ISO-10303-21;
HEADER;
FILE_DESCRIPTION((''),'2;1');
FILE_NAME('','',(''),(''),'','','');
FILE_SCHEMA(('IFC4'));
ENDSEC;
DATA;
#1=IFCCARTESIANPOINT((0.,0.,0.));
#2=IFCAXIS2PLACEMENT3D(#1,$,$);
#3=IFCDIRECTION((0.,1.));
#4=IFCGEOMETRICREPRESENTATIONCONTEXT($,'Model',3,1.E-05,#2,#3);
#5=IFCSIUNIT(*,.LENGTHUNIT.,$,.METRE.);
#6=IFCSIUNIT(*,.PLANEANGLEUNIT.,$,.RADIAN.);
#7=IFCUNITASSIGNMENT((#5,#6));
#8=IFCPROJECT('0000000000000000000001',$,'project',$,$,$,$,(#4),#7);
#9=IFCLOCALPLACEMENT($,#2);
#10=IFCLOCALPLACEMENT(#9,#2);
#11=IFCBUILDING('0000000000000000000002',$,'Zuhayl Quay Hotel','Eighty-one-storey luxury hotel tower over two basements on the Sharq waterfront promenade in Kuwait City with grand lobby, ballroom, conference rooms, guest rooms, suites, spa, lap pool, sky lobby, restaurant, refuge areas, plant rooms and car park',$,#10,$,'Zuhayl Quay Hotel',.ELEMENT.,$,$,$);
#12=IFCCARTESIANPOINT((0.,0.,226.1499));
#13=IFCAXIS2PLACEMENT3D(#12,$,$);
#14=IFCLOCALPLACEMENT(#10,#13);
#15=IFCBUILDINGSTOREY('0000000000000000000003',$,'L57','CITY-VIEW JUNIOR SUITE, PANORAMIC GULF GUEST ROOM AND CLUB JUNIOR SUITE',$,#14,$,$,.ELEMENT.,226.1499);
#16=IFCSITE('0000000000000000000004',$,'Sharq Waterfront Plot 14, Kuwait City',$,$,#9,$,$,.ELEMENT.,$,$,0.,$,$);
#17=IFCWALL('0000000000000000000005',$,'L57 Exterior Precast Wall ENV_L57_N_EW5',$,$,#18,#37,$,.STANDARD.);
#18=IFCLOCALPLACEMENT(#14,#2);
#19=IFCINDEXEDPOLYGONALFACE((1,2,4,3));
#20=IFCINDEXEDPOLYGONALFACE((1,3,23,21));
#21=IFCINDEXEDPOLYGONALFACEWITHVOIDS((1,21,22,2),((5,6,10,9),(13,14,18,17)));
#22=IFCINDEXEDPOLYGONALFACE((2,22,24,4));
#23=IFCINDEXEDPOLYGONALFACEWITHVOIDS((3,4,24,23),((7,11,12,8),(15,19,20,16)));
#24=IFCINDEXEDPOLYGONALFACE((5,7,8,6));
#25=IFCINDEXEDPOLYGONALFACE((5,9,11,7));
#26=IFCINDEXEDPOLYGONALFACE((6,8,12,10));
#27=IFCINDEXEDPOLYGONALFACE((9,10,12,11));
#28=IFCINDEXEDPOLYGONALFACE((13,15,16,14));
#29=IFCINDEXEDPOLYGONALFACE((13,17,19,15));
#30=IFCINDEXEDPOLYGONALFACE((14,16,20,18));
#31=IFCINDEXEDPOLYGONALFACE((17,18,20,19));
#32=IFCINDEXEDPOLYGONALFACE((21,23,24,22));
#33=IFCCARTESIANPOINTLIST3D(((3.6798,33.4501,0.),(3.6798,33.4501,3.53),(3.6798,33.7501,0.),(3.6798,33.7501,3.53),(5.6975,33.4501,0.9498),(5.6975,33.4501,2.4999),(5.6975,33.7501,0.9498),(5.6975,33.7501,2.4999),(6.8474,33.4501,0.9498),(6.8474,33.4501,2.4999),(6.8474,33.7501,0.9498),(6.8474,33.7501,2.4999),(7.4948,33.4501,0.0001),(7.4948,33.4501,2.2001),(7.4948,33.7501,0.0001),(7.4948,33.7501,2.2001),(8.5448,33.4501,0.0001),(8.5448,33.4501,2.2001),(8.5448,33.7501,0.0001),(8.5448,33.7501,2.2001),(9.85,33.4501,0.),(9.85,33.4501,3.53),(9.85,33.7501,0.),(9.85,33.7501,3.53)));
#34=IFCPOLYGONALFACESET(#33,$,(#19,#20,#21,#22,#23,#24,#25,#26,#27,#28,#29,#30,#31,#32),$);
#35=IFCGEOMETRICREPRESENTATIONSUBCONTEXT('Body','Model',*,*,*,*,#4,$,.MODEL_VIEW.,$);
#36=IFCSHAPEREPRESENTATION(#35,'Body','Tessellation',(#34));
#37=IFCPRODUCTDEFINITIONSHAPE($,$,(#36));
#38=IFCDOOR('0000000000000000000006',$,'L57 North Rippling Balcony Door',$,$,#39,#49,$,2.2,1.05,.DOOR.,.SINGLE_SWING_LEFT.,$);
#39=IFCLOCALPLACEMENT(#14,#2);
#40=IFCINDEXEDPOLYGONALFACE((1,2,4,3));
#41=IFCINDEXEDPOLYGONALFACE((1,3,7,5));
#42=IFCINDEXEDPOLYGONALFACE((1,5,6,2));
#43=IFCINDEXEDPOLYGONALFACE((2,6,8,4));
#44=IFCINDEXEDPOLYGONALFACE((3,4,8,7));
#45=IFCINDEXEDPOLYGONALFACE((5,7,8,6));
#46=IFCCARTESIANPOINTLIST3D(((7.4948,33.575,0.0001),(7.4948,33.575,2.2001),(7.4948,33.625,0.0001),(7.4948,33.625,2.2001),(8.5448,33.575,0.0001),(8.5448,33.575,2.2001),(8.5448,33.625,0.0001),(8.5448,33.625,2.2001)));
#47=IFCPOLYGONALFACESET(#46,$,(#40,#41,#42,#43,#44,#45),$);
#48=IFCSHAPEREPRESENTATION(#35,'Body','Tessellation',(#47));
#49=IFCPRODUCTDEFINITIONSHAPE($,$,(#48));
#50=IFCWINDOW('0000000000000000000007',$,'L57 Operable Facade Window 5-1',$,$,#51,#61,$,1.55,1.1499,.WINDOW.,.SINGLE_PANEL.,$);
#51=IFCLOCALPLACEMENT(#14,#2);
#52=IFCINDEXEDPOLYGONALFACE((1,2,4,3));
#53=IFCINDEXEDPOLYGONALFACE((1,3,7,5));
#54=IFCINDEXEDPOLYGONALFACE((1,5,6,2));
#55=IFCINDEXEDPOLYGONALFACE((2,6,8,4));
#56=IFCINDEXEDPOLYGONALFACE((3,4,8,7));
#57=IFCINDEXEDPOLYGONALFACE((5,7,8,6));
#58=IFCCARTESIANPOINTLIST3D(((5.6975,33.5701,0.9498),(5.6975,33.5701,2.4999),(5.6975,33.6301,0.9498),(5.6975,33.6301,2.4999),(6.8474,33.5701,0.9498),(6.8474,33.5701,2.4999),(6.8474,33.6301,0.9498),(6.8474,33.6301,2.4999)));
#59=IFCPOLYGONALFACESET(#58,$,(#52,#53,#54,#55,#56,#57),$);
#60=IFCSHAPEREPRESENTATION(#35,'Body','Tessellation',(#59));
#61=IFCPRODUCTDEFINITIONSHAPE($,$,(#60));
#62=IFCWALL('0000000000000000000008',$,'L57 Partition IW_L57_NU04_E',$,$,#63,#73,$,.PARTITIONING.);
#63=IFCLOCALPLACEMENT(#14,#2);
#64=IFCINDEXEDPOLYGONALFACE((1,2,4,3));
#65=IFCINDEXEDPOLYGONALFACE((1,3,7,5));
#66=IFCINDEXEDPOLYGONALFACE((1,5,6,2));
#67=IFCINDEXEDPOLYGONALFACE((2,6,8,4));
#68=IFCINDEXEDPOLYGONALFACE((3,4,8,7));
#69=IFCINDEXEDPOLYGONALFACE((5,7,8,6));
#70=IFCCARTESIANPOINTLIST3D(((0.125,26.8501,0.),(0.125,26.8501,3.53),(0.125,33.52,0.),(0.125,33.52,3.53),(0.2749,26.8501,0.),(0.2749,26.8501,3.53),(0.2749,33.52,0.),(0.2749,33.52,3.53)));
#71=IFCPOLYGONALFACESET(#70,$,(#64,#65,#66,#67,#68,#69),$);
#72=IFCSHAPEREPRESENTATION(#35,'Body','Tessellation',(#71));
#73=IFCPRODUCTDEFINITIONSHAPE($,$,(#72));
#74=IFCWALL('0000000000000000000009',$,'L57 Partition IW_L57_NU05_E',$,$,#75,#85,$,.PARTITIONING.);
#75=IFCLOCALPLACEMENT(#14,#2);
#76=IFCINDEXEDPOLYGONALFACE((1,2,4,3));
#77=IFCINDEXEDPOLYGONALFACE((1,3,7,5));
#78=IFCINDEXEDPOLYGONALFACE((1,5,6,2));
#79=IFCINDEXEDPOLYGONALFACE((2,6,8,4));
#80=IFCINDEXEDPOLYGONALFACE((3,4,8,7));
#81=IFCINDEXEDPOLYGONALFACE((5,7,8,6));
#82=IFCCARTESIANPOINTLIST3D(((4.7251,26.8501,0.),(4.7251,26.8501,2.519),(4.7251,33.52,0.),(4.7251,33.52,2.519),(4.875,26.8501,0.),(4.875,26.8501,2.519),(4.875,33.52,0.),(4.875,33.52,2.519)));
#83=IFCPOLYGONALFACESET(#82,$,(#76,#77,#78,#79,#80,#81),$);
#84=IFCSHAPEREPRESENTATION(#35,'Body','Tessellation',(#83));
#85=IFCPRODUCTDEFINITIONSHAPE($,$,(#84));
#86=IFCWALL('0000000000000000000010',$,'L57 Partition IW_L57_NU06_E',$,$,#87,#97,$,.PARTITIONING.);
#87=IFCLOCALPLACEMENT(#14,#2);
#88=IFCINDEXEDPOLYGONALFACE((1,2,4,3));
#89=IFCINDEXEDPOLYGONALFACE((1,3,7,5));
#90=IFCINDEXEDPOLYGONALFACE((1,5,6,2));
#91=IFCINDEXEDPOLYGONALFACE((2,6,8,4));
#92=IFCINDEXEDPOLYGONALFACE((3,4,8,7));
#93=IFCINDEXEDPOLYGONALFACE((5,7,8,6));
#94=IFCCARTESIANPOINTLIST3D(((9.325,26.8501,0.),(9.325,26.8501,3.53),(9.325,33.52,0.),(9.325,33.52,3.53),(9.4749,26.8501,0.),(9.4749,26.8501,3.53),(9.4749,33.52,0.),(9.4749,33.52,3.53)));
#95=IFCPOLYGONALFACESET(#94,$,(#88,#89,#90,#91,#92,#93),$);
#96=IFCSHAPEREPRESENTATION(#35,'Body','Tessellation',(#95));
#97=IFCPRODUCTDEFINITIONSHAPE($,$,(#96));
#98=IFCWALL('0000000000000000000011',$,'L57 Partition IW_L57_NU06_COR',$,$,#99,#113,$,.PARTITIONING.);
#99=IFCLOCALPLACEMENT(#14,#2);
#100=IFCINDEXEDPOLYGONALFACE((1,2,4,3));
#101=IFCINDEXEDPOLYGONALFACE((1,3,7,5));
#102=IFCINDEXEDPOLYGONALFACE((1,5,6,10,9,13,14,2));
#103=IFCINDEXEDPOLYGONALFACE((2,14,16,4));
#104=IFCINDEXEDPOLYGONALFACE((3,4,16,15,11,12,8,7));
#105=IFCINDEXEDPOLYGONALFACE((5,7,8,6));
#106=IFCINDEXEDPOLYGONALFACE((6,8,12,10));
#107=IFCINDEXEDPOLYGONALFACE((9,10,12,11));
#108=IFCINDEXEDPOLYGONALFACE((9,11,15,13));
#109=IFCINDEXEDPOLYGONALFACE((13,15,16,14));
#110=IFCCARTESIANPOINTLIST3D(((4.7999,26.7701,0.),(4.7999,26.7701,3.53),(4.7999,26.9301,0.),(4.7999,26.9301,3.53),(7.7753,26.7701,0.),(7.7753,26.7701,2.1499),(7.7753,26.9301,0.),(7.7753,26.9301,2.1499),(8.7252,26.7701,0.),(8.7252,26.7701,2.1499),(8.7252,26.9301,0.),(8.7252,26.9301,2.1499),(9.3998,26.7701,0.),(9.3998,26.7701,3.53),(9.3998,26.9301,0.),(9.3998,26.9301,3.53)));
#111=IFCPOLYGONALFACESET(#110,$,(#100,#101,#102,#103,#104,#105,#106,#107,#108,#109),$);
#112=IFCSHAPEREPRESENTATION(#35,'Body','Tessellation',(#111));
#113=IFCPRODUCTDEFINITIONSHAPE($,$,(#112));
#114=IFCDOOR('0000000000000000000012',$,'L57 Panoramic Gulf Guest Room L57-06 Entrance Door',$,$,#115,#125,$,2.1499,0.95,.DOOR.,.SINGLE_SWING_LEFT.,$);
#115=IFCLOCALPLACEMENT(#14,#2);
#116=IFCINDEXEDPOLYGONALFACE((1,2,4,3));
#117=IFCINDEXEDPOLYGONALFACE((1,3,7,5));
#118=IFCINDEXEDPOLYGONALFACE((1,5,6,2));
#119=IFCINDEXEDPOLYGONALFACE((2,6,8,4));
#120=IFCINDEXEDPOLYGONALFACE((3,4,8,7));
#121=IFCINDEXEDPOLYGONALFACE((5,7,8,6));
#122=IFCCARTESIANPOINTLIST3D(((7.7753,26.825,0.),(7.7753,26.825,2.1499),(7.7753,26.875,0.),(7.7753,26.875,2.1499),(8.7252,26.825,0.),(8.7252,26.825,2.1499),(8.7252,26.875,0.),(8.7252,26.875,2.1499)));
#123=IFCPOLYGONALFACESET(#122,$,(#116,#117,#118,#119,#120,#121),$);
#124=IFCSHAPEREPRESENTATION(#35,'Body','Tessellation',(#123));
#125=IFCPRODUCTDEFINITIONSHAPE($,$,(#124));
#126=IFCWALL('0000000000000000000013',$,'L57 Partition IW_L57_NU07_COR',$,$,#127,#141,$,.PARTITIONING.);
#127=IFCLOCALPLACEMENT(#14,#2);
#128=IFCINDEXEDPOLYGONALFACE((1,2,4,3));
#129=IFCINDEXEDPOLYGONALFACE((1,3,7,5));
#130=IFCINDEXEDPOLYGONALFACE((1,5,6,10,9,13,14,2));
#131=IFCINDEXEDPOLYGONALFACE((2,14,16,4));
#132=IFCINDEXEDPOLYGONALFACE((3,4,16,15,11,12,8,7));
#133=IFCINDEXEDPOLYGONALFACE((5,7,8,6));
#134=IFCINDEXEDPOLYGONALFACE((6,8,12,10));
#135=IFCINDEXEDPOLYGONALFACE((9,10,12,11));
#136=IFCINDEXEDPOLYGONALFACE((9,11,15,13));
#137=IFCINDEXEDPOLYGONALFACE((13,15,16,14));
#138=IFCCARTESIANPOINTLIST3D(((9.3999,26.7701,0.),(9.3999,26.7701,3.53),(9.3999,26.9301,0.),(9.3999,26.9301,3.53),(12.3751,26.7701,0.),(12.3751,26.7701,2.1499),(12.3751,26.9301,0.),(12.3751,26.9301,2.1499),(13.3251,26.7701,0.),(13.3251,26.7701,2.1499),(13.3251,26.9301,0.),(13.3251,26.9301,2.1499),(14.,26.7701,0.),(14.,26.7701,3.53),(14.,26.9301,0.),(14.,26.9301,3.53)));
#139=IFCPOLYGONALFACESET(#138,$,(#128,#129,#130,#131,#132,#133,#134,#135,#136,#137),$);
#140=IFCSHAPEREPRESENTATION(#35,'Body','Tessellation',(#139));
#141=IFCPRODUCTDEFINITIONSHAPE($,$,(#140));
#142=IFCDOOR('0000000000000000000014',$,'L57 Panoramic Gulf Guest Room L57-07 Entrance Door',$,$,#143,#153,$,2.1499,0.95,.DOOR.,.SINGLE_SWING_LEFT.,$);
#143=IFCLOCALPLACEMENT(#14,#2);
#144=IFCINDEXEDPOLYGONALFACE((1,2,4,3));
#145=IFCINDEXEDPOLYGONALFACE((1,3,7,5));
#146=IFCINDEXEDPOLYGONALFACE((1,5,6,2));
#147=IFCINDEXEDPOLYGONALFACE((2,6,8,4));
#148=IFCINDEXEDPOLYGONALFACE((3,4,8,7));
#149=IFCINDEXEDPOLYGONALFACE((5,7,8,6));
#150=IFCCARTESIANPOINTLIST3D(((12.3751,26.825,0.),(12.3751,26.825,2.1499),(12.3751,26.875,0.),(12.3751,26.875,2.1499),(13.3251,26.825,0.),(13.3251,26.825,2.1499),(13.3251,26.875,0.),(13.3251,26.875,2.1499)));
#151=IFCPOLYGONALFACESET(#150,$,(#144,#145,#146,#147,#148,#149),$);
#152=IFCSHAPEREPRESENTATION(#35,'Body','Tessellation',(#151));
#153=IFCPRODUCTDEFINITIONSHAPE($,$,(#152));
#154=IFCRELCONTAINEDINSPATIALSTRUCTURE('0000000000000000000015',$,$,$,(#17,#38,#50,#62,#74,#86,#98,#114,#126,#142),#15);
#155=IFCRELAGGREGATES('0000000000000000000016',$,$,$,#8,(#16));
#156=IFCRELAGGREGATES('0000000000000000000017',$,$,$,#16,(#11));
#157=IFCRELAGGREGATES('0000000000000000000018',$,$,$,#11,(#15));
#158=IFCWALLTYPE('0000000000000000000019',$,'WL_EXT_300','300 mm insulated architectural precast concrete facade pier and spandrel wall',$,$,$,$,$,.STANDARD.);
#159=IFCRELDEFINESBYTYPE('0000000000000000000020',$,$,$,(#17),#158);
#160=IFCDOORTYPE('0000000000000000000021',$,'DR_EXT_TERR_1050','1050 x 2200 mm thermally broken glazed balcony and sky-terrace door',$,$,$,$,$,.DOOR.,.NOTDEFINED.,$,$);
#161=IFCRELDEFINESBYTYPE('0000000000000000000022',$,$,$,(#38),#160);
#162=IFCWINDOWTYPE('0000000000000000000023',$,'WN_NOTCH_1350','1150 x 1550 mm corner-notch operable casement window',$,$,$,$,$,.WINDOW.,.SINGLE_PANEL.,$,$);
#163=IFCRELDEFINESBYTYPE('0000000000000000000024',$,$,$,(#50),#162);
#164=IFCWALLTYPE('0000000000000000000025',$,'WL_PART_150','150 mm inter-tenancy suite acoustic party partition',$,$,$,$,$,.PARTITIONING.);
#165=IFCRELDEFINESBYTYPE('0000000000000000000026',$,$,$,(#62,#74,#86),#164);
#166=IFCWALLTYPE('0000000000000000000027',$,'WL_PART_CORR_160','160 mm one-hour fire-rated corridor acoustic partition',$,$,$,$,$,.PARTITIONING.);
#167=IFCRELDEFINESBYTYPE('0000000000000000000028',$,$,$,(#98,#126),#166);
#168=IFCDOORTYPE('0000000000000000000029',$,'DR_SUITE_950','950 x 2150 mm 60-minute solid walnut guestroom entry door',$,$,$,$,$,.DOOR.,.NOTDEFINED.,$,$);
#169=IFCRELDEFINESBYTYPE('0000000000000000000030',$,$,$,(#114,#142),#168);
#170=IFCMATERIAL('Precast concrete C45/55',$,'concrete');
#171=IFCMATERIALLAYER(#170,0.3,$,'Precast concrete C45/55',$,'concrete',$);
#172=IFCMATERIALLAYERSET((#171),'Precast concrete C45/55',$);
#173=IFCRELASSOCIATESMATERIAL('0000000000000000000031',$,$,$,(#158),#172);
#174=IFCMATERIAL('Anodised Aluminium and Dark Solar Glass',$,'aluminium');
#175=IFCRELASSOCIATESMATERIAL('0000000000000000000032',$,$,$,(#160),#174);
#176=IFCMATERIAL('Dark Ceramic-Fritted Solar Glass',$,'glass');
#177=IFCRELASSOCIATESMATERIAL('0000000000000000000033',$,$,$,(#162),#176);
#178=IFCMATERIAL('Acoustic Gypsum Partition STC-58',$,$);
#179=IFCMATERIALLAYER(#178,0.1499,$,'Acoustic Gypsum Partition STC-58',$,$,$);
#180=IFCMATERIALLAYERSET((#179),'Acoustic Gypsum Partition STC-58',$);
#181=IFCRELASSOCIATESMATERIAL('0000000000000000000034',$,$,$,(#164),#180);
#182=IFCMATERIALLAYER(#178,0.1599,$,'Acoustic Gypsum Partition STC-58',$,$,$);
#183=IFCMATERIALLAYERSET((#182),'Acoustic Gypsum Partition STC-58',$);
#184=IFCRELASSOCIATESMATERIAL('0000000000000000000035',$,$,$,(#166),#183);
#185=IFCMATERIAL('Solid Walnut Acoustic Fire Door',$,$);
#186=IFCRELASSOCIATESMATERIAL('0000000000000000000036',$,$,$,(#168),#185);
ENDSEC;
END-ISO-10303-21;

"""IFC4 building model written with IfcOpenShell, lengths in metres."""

from ifc_helpers import new_model, si_unit, direction, frame, frame_2d, origin, place, context, subcontext, project, spatial, rectangle, extrude, material, layer, layer_set, type_object, element, fill, save


model = new_model("IFC4")

# Units and contexts
model_context = context("Model", 3, precision=1e-05, world=origin(), true_north=direction((0.0, 1.0)))
body_context = subcontext(model_context, "Body", "Model", "MODEL_VIEW")
ifc_project = project(units=[si_unit("LENGTHUNIT", "METRE"), si_unit("PLANEANGLEUNIT", "RADIAN")], contexts=[model_context])

# Site, building, storey
site_placement = place(None, origin())
site = spatial("IfcSite", under=ifc_project, at=site_placement, Name="Sharq Waterfront Plot 14, Kuwait City", CompositionType="ELEMENT", RefElevation=0.0)
building_placement = place(site_placement, origin())
building = spatial("IfcBuilding", under=site, at=building_placement, Name="Zuhayl Quay Hotel", Description="Eighty-one-storey luxury hotel tower over two basements on the Sharq waterfront promenade in Kuwait City with grand lobby, ballroom, conference rooms, guest rooms, suites, spa, lap pool, sky lobby, restaurant, refuge areas, plant rooms and car park", LongName="Zuhayl Quay Hotel", CompositionType="ELEMENT")
storey_placement = place(building_placement, frame((0.0, 0.0, 226.1499)))
storey = spatial("IfcBuildingStorey", under=building, at=storey_placement, Name="L57", Description="CITY-VIEW JUNIOR SUITE, PANORAMIC GULF GUEST ROOM AND CLUB JUNIOR SUITE", CompositionType="ELEMENT", Elevation=226.1499)

# Shared definitions
ifc_material_1 = material(Name="Dark Ceramic-Fritted Solar Glass", Category="glass")

# Wall, openings, door, window
ifc_material_2 = material(Name="Precast concrete C45/55", Category="concrete")
ifc_layer_1 = layer(ifc_material_2, 0.3, Name="Precast concrete C45/55", Category="concrete")
ifc_layer_set_1 = layer_set([ifc_layer_1], Name="Precast concrete C45/55")
wall_type_1 = type_object("IfcWallType", Name="WL_EXT_300", Description="300 mm insulated architectural precast concrete facade pier and spandrel wall", PredefinedType="STANDARD", material=ifc_layer_set_1)
wall_1_placement = place(storey_placement, frame((3.6799, 33.6001, 0.0), z_axis=(0.0, 0.0, 1.0), x_axis=(1.0, 0.0, 0.0)))
wall_1 = element("IfcWall", 1, at=wall_1_placement, inside=storey, type_object=wall_type_1, Name="L57 Exterior Precast Wall ENV_L57_N_EW5", PredefinedType="STANDARD", context=body_context, shape_type="SweptSolid", body=[
    extrude(rectangle(XDim=6.1702, YDim=0.3, at=frame_2d((3.085, 0.0))), origin(), (0.0, 0.0, 1.0), 3.53),
])
opening_1_placement = place(wall_1_placement, frame((3.8149, 0.0, 0.0)))
opening_1 = element("IfcOpeningElement", 2, at=opening_1_placement, cuts=wall_1, PredefinedType="OPENING", context=body_context, shape_type="SweptSolid", body=[
    extrude(rectangle(XDim=1.05, YDim=2.2, at=frame_2d((0.5249, 1.1001))), frame((0.0, 0.1599, 0.0), z_axis=(0.0, -1.0, 0.0), x_axis=(1.0, 0.0, 0.0)), (0.0, 0.0, 1.0), 0.3201),
])
opening_2_placement = place(wall_1_placement, frame((2.0176, 0.0, 0.95)))
opening_2 = element("IfcOpeningElement", 3, at=opening_2_placement, cuts=wall_1, PredefinedType="OPENING", context=body_context, shape_type="SweptSolid", body=[
    extrude(rectangle(XDim=1.1499, YDim=1.55, at=frame_2d((0.575, 0.7749))), frame((0.0, 0.1599, 0.0), z_axis=(0.0, -1.0, 0.0), x_axis=(1.0, 0.0, 0.0)), (0.0, 0.0, 1.0), 0.3201),
])
ifc_material_3 = material(Name="Anodised Aluminium and Dark Solar Glass", Category="aluminium")
door_type_1 = type_object("IfcDoorType", Name="DR_EXT_TERR_1050", Description="1050 x 2200 mm thermally broken glazed balcony and sky-terrace door", OperationType="NOTDEFINED", PredefinedType="DOOR", material=ifc_material_3)
door_1_placement = place(opening_1_placement, origin())
door_1 = element("IfcDoor", 4, at=door_1_placement, inside=storey, type_object=door_type_1, Name="L57 North Rippling Balcony Door", OperationType="SINGLE_SWING_LEFT", OverallHeight=2.2, OverallWidth=1.05, PredefinedType="DOOR", context=body_context, shape_type="SweptSolid", body=[
    extrude(rectangle(XDim=1.05, YDim=2.2, at=frame_2d((0.5249, 1.1001))), frame((0.0, 0.0249, 0.0), z_axis=(0.0, -1.0, 0.0), x_axis=(1.0, 0.0, 0.0)), (0.0, 0.0, 1.0), 0.05),
])
fill(opening_1, door_1)
window_type = type_object("IfcWindowType", Name="WN_NOTCH_1350", Description="1150 x 1550 mm corner-notch operable casement window", PartitioningType="SINGLE_PANEL", PredefinedType="WINDOW", material=ifc_material_1)
window_placement = place(opening_2_placement, origin())
window = element("IfcWindow", 5, at=window_placement, inside=storey, type_object=window_type, Name="L57 Operable Facade Window 5-1", OverallHeight=1.55, OverallWidth=1.1499, PartitioningType="SINGLE_PANEL", PredefinedType="WINDOW", context=body_context, shape_type="SweptSolid", body=[
    extrude(rectangle(XDim=1.1499, YDim=1.55, at=frame_2d((0.575, 0.7749))), frame((0.0, 0.03, 0.0), z_axis=(0.0, -1.0, 0.0), x_axis=(1.0, 0.0, 0.0)), (0.0, 0.0, 1.0), 0.0601),
])
fill(opening_2, window)

# Walls
ifc_material_4 = material(Name="Acoustic Gypsum Partition STC-58")
ifc_layer_2 = layer(ifc_material_4, 0.1499, Name="Acoustic Gypsum Partition STC-58")
ifc_layer_set_2 = layer_set([ifc_layer_2], Name="Acoustic Gypsum Partition STC-58")
wall_type_2 = type_object("IfcWallType", Name="WL_PART_150", Description="150 mm inter-tenancy suite acoustic party partition", PredefinedType="PARTITIONING", material=ifc_layer_set_2)
wall_2_placement = place(storey_placement, frame((0.2, 26.8501, 0.0), z_axis=(0.0, 0.0, 1.0), x_axis=(0.0, 1.0, 0.0)))
element("IfcWall", 6, at=wall_2_placement, inside=storey, type_object=wall_type_2, Name="L57 Partition IW_L57_NU04_E", PredefinedType="PARTITIONING", context=body_context, shape_type="SweptSolid", body=[
    extrude(rectangle(XDim=6.6699, YDim=0.1499, at=frame_2d((3.335, 0.0))), origin(), (0.0, 0.0, 1.0), 3.53),
])
wall_3_placement = place(storey_placement, frame((4.8, 26.8501, 0.0), z_axis=(0.0, 0.0, 1.0), x_axis=(0.0, 1.0, 0.0)))
element("IfcWall", 7, at=wall_3_placement, inside=storey, type_object=wall_type_2, Name="L57 Partition IW_L57_NU05_E", PredefinedType="PARTITIONING", context=body_context, shape_type="SweptSolid", body=[
    extrude(rectangle(XDim=6.6699, YDim=0.1499, at=frame_2d((3.335, 0.0))), origin(), (0.0, 0.0, 1.0), 2.519),
])
wall_4_placement = place(storey_placement, frame((9.3999, 26.8501, 0.0), z_axis=(0.0, 0.0, 1.0), x_axis=(0.0, 1.0, 0.0)))
element("IfcWall", 8, at=wall_4_placement, inside=storey, type_object=wall_type_2, Name="L57 Partition IW_L57_NU06_E", PredefinedType="PARTITIONING", context=body_context, shape_type="SweptSolid", body=[
    extrude(rectangle(XDim=6.6699, YDim=0.1499, at=frame_2d((3.335, 0.0))), origin(), (0.0, 0.0, 1.0), 3.53),
])

# Walls, openings, doors
ifc_layer_3 = layer(ifc_material_4, 0.1599, Name="Acoustic Gypsum Partition STC-58")
ifc_layer_set_3 = layer_set([ifc_layer_3], Name="Acoustic Gypsum Partition STC-58")
wall_type_3 = type_object("IfcWallType", Name="WL_PART_CORR_160", Description="160 mm one-hour fire-rated corridor acoustic partition", PredefinedType="PARTITIONING", material=ifc_layer_set_3)
wall_5_placement = place(storey_placement, frame((4.8, 26.8501, 0.0), z_axis=(0.0, 0.0, 1.0), x_axis=(1.0, 0.0, 0.0)))
wall_5 = element("IfcWall", 9, at=wall_5_placement, inside=storey, type_object=wall_type_3, Name="L57 Partition IW_L57_NU06_COR", PredefinedType="PARTITIONING", context=body_context, shape_type="SweptSolid", body=[
    extrude(rectangle(XDim=4.5999, YDim=0.1599, at=frame_2d((2.2998, 0.0))), origin(), (0.0, 0.0, 1.0), 3.53),
])
opening_3_placement = place(wall_5_placement, frame((2.9751, 0.0, 0.0)))
opening_3 = element("IfcOpeningElement", 10, at=opening_3_placement, cuts=wall_5, PredefinedType="OPENING", context=body_context, shape_type="SweptSolid", body=[
    extrude(rectangle(XDim=0.95, YDim=2.1499, at=frame_2d((0.4751, 1.075))), frame((0.0, 0.0898, 0.0), z_axis=(0.0, -1.0, 0.0), x_axis=(1.0, 0.0, 0.0)), (0.0, 0.0, 1.0), 0.1799),
])
ifc_material_5 = material(Name="Solid Walnut Acoustic Fire Door")
door_type_2 = type_object("IfcDoorType", Name="DR_SUITE_950", Description="950 x 2150 mm 60-minute solid walnut guestroom entry door", OperationType="NOTDEFINED", PredefinedType="DOOR", material=ifc_material_5)
door_2_placement = place(opening_3_placement, origin())
door_2 = element("IfcDoor", 11, at=door_2_placement, inside=storey, type_object=door_type_2, Name="L57 Panoramic Gulf Guest Room L57-06 Entrance Door", OperationType="SINGLE_SWING_LEFT", OverallHeight=2.1499, OverallWidth=0.95, PredefinedType="DOOR", context=body_context, shape_type="SweptSolid", body=[
    extrude(rectangle(XDim=0.95, YDim=2.1499, at=frame_2d((0.4751, 1.075))), frame((0.0, 0.0249, 0.0), z_axis=(0.0, -1.0, 0.0), x_axis=(1.0, 0.0, 0.0)), (0.0, 0.0, 1.0), 0.05),
])
fill(opening_3, door_2)
wall_6_placement = place(storey_placement, frame((9.3999, 26.8501, 0.0), z_axis=(0.0, 0.0, 1.0), x_axis=(1.0, 0.0, 0.0)))
wall_6 = element("IfcWall", 12, at=wall_6_placement, inside=storey, type_object=wall_type_3, Name="L57 Partition IW_L57_NU07_COR", PredefinedType="PARTITIONING", context=body_context, shape_type="SweptSolid", body=[
    extrude(rectangle(XDim=4.6001, YDim=0.1599, at=frame_2d((2.3, 0.0))), origin(), (0.0, 0.0, 1.0), 3.53),
])
opening_4_placement = place(wall_6_placement, frame((2.9751, 0.0, 0.0)))
opening_4 = element("IfcOpeningElement", 13, at=opening_4_placement, cuts=wall_6, PredefinedType="OPENING", context=body_context, shape_type="SweptSolid", body=[
    extrude(rectangle(XDim=0.95, YDim=2.1499, at=frame_2d((0.4751, 1.075))), frame((0.0, 0.0898, 0.0), z_axis=(0.0, -1.0, 0.0), x_axis=(1.0, 0.0, 0.0)), (0.0, 0.0, 1.0), 0.1799),
])
door_3_placement = place(opening_4_placement, origin())
door_3 = element("IfcDoor", 14, at=door_3_placement, inside=storey, type_object=door_type_2, Name="L57 Panoramic Gulf Guest Room L57-07 Entrance Door", OperationType="SINGLE_SWING_LEFT", OverallHeight=2.1499, OverallWidth=0.95, PredefinedType="DOOR", context=body_context, shape_type="SweptSolid", body=[
    extrude(rectangle(XDim=0.95, YDim=2.1499, at=frame_2d((0.4751, 1.075))), frame((0.0, 0.0249, 0.0), z_axis=(0.0, -1.0, 0.0), x_axis=(1.0, 0.0, 0.0)), (0.0, 0.0, 1.0), 0.05),
])
fill(opening_4, door_3)

save(model, "model.ifc")
